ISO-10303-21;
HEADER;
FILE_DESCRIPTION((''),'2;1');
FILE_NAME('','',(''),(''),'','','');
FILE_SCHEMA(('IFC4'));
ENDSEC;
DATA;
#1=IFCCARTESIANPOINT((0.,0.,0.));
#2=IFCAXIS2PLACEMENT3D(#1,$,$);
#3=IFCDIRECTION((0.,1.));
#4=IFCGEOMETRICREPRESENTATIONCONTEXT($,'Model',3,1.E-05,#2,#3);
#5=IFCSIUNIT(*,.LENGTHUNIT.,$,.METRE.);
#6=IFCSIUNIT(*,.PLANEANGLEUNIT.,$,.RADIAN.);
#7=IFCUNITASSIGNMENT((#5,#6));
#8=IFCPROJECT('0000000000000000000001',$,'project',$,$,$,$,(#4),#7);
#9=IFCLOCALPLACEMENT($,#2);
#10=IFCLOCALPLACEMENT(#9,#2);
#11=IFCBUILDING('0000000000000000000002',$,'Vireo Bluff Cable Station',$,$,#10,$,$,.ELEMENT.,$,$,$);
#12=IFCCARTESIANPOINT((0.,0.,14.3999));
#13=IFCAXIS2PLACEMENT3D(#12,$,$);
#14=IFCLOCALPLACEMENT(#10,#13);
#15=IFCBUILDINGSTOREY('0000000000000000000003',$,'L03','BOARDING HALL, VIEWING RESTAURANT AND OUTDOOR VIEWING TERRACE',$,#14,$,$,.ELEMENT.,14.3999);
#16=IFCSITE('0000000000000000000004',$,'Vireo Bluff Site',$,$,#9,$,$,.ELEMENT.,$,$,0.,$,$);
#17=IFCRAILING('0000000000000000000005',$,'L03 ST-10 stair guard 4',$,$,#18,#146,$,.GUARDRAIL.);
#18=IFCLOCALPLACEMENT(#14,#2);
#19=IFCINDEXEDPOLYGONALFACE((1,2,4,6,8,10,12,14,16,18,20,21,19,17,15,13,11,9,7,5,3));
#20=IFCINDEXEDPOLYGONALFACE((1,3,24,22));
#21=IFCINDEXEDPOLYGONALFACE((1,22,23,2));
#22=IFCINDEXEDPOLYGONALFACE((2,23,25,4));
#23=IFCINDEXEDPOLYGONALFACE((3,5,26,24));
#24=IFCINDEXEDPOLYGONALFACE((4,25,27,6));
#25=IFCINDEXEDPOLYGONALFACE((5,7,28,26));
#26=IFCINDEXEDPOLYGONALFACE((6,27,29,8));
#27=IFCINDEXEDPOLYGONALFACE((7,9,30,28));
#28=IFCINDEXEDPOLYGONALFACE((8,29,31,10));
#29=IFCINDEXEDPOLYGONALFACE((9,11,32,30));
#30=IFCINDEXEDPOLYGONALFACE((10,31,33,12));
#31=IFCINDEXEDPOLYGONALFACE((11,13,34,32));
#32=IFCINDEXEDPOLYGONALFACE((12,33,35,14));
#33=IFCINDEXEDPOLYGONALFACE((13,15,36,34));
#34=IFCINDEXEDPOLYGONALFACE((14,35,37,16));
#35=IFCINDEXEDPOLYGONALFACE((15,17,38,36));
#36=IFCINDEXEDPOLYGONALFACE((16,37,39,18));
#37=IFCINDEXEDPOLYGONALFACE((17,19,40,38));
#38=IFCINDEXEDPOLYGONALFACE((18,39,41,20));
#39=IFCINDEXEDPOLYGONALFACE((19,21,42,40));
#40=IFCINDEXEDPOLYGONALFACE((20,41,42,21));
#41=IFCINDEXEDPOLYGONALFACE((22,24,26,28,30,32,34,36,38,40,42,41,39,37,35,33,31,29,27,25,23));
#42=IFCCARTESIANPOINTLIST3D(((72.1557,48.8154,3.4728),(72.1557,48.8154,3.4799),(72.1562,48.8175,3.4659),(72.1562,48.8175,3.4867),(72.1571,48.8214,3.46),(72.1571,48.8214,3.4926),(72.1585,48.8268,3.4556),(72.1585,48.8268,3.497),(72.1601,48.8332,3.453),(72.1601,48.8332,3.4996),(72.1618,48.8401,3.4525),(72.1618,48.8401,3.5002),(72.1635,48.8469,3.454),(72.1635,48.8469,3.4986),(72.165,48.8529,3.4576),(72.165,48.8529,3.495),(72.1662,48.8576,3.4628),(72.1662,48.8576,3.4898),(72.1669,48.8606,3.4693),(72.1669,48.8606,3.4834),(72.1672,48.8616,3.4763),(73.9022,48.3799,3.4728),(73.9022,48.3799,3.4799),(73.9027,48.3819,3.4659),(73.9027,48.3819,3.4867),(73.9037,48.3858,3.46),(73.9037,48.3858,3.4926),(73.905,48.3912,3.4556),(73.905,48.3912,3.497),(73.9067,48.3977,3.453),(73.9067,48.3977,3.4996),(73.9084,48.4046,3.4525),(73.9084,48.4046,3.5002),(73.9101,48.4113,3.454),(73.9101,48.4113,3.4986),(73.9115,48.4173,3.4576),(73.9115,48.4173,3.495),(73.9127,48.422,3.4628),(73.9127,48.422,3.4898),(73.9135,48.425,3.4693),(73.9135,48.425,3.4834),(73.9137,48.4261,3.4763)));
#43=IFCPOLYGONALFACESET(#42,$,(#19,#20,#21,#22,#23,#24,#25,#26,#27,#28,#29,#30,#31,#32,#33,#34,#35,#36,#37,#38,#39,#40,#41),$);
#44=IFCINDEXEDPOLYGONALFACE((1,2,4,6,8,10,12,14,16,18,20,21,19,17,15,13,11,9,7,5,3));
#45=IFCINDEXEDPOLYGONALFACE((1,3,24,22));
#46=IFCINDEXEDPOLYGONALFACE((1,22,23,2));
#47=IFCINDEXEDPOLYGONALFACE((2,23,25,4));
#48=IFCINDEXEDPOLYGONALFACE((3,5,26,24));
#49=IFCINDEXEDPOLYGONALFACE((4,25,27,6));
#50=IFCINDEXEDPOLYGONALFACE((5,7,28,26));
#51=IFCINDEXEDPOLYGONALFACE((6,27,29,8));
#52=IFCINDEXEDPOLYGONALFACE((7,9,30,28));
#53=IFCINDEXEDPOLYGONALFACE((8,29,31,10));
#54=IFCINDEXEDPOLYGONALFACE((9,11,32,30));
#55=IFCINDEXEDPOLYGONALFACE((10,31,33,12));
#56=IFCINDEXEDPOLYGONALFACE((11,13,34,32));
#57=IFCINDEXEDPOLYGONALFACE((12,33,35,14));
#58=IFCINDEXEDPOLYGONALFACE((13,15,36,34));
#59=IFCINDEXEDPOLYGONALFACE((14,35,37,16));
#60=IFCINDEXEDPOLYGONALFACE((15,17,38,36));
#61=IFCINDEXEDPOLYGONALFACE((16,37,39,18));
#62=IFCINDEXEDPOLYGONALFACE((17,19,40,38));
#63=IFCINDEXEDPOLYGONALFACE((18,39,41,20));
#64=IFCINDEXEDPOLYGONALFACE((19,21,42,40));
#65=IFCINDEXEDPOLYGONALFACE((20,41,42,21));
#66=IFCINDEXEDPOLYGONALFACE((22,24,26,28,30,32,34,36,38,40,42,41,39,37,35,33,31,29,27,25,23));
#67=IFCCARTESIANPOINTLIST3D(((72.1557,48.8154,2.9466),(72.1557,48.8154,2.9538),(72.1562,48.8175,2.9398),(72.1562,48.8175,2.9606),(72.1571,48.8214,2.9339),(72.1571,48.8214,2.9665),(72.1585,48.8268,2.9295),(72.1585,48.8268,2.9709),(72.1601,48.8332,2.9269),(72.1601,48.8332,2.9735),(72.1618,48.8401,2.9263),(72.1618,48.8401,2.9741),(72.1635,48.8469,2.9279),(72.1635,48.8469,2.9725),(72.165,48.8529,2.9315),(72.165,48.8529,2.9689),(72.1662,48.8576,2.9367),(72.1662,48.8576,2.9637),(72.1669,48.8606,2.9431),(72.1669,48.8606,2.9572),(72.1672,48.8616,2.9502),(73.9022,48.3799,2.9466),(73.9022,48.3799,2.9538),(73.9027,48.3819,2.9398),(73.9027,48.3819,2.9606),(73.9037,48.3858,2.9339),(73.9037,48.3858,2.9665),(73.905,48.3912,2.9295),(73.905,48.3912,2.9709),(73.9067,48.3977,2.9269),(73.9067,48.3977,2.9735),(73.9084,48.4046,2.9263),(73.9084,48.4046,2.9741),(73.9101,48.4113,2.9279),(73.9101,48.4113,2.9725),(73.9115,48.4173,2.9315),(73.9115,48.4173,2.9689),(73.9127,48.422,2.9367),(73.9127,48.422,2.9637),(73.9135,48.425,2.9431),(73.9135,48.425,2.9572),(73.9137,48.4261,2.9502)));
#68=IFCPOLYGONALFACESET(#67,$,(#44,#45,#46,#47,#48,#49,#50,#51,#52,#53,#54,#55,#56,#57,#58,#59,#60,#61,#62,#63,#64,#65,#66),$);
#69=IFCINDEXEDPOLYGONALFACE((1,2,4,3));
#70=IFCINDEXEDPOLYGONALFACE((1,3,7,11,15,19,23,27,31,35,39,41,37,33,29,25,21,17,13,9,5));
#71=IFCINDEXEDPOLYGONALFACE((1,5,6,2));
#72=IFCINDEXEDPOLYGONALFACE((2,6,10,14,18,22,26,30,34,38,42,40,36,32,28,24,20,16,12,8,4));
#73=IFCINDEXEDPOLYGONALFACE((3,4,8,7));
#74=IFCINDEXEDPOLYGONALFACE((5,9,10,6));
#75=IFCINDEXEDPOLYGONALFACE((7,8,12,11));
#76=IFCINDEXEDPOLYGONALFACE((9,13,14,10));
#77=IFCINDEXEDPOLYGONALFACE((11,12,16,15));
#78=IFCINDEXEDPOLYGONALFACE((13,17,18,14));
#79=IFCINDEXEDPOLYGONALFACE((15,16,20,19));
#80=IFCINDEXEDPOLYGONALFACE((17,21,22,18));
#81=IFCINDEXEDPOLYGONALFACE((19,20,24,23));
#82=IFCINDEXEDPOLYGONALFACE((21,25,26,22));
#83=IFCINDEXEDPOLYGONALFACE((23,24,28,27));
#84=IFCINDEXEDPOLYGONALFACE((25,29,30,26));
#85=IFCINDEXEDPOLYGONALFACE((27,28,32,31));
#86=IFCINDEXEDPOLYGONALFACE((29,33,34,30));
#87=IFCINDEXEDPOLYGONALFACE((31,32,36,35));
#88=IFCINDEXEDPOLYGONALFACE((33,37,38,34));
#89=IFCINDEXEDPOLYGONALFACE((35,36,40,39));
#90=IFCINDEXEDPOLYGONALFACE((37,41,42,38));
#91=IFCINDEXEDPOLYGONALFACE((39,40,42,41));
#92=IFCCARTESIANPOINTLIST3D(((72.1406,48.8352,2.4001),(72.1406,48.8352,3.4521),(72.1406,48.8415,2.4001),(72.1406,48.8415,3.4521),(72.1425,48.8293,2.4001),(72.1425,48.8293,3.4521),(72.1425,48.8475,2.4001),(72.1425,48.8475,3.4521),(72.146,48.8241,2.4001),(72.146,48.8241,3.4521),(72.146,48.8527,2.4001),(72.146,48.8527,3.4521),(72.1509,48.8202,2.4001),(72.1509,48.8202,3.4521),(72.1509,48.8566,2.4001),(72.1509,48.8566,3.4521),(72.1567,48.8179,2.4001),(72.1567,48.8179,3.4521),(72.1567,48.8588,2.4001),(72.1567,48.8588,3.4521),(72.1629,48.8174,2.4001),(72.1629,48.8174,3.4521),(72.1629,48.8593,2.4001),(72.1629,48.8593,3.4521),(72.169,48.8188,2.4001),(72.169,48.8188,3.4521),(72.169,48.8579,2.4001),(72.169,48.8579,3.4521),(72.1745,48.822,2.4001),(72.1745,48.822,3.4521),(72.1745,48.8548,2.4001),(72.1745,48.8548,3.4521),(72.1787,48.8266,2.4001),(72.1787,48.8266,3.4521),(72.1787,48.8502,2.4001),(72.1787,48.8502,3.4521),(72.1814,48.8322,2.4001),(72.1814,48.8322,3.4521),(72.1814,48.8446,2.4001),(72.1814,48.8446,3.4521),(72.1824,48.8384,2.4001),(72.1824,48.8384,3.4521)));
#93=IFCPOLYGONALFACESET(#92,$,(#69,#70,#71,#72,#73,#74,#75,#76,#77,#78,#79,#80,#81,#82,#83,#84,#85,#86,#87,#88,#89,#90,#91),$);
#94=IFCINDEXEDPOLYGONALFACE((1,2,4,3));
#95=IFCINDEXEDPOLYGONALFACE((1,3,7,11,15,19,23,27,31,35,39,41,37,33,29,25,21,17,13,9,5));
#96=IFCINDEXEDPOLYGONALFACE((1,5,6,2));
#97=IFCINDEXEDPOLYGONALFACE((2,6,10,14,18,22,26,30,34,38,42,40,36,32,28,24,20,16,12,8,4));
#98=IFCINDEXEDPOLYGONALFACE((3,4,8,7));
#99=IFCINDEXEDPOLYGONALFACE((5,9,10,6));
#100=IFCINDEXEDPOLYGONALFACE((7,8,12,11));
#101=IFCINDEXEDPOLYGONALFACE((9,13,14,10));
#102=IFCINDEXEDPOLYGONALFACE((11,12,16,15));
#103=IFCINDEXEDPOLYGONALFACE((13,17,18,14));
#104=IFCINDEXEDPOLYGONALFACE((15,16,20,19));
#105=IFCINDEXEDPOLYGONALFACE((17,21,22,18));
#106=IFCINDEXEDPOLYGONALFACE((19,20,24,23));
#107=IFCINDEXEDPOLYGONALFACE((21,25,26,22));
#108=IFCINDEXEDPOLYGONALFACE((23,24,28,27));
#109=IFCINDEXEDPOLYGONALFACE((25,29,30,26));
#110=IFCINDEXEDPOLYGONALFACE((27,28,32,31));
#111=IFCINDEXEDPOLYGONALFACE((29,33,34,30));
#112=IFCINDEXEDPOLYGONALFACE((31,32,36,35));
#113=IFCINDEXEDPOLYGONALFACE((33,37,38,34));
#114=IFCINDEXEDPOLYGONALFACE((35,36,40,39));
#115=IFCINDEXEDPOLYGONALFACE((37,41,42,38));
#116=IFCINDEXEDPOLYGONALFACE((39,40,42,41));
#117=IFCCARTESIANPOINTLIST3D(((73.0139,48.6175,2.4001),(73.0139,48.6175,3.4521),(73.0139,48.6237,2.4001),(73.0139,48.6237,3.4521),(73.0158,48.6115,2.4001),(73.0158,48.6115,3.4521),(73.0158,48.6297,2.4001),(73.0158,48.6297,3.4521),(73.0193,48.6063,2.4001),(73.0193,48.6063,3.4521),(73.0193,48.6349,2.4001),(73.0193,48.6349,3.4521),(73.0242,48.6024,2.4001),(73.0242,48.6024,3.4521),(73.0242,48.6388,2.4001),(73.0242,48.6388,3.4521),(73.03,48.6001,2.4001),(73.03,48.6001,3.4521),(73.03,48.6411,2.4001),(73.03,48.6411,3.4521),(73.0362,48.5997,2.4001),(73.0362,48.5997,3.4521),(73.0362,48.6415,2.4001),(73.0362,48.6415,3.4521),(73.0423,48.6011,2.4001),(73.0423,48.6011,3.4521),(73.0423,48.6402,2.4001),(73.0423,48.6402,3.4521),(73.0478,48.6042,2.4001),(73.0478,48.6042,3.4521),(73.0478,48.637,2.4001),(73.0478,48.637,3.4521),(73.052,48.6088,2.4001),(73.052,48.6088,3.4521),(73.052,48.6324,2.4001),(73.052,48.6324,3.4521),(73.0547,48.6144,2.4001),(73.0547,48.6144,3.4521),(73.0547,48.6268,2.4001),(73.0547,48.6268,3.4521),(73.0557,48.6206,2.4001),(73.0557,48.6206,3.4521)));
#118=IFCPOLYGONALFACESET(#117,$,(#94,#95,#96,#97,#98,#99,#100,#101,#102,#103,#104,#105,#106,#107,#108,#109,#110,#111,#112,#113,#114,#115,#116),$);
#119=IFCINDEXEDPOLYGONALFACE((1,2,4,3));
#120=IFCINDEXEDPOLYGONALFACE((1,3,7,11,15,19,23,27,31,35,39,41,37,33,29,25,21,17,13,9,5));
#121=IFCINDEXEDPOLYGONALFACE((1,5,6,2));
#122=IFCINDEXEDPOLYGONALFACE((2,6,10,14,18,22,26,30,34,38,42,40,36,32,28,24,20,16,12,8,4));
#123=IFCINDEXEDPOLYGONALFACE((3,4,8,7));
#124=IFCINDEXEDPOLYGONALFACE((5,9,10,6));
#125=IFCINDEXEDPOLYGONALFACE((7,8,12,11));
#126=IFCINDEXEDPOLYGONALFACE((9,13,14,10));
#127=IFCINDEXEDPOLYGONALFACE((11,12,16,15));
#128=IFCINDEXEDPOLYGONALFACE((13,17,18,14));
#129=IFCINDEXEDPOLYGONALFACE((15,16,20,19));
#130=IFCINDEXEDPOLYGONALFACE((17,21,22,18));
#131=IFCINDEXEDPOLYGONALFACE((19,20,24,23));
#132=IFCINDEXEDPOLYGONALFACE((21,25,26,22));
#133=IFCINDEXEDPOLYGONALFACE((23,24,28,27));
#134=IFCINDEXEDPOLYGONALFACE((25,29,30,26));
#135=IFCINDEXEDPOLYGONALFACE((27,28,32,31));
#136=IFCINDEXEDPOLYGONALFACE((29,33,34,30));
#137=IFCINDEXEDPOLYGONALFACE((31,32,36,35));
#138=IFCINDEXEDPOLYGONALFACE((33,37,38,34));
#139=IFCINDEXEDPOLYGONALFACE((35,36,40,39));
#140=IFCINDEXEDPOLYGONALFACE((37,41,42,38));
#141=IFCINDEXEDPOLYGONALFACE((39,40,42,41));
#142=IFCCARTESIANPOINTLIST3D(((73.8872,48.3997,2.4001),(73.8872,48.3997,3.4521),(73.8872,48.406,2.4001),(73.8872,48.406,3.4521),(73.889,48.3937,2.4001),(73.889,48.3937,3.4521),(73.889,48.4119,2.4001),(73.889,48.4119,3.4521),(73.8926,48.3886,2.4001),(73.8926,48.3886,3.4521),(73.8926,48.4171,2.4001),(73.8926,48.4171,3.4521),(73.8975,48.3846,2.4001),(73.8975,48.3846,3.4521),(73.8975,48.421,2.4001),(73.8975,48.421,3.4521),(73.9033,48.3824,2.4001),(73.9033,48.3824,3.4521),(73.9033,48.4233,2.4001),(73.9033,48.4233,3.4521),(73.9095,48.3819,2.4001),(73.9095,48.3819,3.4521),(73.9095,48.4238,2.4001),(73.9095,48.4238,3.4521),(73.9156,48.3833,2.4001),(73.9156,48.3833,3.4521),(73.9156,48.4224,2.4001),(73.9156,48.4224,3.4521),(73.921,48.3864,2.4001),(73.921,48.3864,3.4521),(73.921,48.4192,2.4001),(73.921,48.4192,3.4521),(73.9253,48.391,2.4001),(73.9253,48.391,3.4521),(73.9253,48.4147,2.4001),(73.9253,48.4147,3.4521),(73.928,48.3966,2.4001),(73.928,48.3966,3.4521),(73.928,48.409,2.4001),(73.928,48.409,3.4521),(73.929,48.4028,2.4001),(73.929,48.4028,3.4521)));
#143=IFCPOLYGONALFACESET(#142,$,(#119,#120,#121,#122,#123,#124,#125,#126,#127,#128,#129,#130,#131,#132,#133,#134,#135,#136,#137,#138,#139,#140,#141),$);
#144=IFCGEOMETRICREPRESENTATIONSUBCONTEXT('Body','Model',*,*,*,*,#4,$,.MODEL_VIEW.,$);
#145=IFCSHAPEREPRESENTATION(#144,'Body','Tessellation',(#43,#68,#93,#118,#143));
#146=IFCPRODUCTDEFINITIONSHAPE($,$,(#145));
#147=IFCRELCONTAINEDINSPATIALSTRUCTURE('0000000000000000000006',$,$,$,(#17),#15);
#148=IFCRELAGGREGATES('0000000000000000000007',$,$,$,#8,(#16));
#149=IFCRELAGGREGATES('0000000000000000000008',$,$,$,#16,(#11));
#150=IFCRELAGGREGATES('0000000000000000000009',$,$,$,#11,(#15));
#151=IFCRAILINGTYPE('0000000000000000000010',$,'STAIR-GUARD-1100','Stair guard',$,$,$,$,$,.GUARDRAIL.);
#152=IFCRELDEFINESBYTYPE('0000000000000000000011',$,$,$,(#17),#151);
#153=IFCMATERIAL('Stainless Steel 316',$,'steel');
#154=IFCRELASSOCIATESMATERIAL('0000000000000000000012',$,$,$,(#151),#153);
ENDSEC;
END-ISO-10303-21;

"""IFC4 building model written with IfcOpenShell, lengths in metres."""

from ifc_helpers import new_model, si_unit, direction, frame, origin, origin_2d, place, context, subcontext, project, spatial, circle, extrude, material, type_object, element, save


model = new_model("IFC4")

# Units and contexts
model_context = context("Model", 3, precision=1e-05, world=origin(), true_north=direction((0.0, 1.0)))
body_context = subcontext(model_context, "Body", "Model", "MODEL_VIEW")
ifc_project = project(units=[si_unit("LENGTHUNIT", "METRE"), si_unit("PLANEANGLEUNIT", "RADIAN")], contexts=[model_context])

# Site, building, storey
site_placement = place(None, origin())
site = spatial("IfcSite", under=ifc_project, at=site_placement, Name="Vireo Bluff Site", CompositionType="ELEMENT", RefElevation=0.0)
building_placement = place(site_placement, origin())
building = spatial("IfcBuilding", under=site, at=building_placement, Name="Vireo Bluff Cable Station", CompositionType="ELEMENT")
storey_placement = place(building_placement, frame((0.0, 0.0, 14.3999)))
storey = spatial("IfcBuildingStorey", under=building, at=storey_placement, Name="L03", Description="BOARDING HALL, VIEWING RESTAURANT AND OUTDOOR VIEWING TERRACE", CompositionType="ELEMENT", Elevation=14.3999)

# Railing
ifc_material_1 = material(Name="Stainless Steel 316", Category="steel")
railing_type_1 = type_object("IfcRailingType", Name="STAIR-GUARD-1100", Description="Stair guard", PredefinedType="GUARDRAIL", material=ifc_material_1)
railing_1_placement = place(storey_placement, frame((72.1614, 48.8384, 2.4001)))
element("IfcRailing", 1, at=railing_1_placement, inside=storey, type_object=railing_type_1, Name="L03 ST-10 stair guard 4", PredefinedType="GUARDRAIL", context=body_context, shape_type="SweptSolid", body=[
    extrude(circle(Radius=0.0239, at=origin_2d()), frame((0.0, 0.0, 1.0762), z_axis=(0.970286, -0.241961, 0.0), x_axis=(0.241961, 0.970286, 0.0)), (0.0, 0.0, 1.0), 1.8),
    extrude(circle(Radius=0.0239, at=origin_2d()), frame((0.0, 0.0, 0.55), z_axis=(0.970286, -0.241961, 0.0), x_axis=(0.241961, 0.970286, 0.0)), (0.0, 0.0, 1.0), 1.8),
    extrude(circle(Radius=0.021, at=origin_2d()), origin(), (0.0, 0.0, 1.0), 1.052),
    extrude(circle(Radius=0.021, at=origin_2d()), frame((0.8733, -0.2178, 0.0)), (0.0, 0.0, 1.0), 1.052),
    extrude(circle(Radius=0.021, at=origin_2d()), frame((1.7466, -0.4355, 0.0)), (0.0, 0.0, 1.0), 1.052),
])

save(model, "model.ifc")
